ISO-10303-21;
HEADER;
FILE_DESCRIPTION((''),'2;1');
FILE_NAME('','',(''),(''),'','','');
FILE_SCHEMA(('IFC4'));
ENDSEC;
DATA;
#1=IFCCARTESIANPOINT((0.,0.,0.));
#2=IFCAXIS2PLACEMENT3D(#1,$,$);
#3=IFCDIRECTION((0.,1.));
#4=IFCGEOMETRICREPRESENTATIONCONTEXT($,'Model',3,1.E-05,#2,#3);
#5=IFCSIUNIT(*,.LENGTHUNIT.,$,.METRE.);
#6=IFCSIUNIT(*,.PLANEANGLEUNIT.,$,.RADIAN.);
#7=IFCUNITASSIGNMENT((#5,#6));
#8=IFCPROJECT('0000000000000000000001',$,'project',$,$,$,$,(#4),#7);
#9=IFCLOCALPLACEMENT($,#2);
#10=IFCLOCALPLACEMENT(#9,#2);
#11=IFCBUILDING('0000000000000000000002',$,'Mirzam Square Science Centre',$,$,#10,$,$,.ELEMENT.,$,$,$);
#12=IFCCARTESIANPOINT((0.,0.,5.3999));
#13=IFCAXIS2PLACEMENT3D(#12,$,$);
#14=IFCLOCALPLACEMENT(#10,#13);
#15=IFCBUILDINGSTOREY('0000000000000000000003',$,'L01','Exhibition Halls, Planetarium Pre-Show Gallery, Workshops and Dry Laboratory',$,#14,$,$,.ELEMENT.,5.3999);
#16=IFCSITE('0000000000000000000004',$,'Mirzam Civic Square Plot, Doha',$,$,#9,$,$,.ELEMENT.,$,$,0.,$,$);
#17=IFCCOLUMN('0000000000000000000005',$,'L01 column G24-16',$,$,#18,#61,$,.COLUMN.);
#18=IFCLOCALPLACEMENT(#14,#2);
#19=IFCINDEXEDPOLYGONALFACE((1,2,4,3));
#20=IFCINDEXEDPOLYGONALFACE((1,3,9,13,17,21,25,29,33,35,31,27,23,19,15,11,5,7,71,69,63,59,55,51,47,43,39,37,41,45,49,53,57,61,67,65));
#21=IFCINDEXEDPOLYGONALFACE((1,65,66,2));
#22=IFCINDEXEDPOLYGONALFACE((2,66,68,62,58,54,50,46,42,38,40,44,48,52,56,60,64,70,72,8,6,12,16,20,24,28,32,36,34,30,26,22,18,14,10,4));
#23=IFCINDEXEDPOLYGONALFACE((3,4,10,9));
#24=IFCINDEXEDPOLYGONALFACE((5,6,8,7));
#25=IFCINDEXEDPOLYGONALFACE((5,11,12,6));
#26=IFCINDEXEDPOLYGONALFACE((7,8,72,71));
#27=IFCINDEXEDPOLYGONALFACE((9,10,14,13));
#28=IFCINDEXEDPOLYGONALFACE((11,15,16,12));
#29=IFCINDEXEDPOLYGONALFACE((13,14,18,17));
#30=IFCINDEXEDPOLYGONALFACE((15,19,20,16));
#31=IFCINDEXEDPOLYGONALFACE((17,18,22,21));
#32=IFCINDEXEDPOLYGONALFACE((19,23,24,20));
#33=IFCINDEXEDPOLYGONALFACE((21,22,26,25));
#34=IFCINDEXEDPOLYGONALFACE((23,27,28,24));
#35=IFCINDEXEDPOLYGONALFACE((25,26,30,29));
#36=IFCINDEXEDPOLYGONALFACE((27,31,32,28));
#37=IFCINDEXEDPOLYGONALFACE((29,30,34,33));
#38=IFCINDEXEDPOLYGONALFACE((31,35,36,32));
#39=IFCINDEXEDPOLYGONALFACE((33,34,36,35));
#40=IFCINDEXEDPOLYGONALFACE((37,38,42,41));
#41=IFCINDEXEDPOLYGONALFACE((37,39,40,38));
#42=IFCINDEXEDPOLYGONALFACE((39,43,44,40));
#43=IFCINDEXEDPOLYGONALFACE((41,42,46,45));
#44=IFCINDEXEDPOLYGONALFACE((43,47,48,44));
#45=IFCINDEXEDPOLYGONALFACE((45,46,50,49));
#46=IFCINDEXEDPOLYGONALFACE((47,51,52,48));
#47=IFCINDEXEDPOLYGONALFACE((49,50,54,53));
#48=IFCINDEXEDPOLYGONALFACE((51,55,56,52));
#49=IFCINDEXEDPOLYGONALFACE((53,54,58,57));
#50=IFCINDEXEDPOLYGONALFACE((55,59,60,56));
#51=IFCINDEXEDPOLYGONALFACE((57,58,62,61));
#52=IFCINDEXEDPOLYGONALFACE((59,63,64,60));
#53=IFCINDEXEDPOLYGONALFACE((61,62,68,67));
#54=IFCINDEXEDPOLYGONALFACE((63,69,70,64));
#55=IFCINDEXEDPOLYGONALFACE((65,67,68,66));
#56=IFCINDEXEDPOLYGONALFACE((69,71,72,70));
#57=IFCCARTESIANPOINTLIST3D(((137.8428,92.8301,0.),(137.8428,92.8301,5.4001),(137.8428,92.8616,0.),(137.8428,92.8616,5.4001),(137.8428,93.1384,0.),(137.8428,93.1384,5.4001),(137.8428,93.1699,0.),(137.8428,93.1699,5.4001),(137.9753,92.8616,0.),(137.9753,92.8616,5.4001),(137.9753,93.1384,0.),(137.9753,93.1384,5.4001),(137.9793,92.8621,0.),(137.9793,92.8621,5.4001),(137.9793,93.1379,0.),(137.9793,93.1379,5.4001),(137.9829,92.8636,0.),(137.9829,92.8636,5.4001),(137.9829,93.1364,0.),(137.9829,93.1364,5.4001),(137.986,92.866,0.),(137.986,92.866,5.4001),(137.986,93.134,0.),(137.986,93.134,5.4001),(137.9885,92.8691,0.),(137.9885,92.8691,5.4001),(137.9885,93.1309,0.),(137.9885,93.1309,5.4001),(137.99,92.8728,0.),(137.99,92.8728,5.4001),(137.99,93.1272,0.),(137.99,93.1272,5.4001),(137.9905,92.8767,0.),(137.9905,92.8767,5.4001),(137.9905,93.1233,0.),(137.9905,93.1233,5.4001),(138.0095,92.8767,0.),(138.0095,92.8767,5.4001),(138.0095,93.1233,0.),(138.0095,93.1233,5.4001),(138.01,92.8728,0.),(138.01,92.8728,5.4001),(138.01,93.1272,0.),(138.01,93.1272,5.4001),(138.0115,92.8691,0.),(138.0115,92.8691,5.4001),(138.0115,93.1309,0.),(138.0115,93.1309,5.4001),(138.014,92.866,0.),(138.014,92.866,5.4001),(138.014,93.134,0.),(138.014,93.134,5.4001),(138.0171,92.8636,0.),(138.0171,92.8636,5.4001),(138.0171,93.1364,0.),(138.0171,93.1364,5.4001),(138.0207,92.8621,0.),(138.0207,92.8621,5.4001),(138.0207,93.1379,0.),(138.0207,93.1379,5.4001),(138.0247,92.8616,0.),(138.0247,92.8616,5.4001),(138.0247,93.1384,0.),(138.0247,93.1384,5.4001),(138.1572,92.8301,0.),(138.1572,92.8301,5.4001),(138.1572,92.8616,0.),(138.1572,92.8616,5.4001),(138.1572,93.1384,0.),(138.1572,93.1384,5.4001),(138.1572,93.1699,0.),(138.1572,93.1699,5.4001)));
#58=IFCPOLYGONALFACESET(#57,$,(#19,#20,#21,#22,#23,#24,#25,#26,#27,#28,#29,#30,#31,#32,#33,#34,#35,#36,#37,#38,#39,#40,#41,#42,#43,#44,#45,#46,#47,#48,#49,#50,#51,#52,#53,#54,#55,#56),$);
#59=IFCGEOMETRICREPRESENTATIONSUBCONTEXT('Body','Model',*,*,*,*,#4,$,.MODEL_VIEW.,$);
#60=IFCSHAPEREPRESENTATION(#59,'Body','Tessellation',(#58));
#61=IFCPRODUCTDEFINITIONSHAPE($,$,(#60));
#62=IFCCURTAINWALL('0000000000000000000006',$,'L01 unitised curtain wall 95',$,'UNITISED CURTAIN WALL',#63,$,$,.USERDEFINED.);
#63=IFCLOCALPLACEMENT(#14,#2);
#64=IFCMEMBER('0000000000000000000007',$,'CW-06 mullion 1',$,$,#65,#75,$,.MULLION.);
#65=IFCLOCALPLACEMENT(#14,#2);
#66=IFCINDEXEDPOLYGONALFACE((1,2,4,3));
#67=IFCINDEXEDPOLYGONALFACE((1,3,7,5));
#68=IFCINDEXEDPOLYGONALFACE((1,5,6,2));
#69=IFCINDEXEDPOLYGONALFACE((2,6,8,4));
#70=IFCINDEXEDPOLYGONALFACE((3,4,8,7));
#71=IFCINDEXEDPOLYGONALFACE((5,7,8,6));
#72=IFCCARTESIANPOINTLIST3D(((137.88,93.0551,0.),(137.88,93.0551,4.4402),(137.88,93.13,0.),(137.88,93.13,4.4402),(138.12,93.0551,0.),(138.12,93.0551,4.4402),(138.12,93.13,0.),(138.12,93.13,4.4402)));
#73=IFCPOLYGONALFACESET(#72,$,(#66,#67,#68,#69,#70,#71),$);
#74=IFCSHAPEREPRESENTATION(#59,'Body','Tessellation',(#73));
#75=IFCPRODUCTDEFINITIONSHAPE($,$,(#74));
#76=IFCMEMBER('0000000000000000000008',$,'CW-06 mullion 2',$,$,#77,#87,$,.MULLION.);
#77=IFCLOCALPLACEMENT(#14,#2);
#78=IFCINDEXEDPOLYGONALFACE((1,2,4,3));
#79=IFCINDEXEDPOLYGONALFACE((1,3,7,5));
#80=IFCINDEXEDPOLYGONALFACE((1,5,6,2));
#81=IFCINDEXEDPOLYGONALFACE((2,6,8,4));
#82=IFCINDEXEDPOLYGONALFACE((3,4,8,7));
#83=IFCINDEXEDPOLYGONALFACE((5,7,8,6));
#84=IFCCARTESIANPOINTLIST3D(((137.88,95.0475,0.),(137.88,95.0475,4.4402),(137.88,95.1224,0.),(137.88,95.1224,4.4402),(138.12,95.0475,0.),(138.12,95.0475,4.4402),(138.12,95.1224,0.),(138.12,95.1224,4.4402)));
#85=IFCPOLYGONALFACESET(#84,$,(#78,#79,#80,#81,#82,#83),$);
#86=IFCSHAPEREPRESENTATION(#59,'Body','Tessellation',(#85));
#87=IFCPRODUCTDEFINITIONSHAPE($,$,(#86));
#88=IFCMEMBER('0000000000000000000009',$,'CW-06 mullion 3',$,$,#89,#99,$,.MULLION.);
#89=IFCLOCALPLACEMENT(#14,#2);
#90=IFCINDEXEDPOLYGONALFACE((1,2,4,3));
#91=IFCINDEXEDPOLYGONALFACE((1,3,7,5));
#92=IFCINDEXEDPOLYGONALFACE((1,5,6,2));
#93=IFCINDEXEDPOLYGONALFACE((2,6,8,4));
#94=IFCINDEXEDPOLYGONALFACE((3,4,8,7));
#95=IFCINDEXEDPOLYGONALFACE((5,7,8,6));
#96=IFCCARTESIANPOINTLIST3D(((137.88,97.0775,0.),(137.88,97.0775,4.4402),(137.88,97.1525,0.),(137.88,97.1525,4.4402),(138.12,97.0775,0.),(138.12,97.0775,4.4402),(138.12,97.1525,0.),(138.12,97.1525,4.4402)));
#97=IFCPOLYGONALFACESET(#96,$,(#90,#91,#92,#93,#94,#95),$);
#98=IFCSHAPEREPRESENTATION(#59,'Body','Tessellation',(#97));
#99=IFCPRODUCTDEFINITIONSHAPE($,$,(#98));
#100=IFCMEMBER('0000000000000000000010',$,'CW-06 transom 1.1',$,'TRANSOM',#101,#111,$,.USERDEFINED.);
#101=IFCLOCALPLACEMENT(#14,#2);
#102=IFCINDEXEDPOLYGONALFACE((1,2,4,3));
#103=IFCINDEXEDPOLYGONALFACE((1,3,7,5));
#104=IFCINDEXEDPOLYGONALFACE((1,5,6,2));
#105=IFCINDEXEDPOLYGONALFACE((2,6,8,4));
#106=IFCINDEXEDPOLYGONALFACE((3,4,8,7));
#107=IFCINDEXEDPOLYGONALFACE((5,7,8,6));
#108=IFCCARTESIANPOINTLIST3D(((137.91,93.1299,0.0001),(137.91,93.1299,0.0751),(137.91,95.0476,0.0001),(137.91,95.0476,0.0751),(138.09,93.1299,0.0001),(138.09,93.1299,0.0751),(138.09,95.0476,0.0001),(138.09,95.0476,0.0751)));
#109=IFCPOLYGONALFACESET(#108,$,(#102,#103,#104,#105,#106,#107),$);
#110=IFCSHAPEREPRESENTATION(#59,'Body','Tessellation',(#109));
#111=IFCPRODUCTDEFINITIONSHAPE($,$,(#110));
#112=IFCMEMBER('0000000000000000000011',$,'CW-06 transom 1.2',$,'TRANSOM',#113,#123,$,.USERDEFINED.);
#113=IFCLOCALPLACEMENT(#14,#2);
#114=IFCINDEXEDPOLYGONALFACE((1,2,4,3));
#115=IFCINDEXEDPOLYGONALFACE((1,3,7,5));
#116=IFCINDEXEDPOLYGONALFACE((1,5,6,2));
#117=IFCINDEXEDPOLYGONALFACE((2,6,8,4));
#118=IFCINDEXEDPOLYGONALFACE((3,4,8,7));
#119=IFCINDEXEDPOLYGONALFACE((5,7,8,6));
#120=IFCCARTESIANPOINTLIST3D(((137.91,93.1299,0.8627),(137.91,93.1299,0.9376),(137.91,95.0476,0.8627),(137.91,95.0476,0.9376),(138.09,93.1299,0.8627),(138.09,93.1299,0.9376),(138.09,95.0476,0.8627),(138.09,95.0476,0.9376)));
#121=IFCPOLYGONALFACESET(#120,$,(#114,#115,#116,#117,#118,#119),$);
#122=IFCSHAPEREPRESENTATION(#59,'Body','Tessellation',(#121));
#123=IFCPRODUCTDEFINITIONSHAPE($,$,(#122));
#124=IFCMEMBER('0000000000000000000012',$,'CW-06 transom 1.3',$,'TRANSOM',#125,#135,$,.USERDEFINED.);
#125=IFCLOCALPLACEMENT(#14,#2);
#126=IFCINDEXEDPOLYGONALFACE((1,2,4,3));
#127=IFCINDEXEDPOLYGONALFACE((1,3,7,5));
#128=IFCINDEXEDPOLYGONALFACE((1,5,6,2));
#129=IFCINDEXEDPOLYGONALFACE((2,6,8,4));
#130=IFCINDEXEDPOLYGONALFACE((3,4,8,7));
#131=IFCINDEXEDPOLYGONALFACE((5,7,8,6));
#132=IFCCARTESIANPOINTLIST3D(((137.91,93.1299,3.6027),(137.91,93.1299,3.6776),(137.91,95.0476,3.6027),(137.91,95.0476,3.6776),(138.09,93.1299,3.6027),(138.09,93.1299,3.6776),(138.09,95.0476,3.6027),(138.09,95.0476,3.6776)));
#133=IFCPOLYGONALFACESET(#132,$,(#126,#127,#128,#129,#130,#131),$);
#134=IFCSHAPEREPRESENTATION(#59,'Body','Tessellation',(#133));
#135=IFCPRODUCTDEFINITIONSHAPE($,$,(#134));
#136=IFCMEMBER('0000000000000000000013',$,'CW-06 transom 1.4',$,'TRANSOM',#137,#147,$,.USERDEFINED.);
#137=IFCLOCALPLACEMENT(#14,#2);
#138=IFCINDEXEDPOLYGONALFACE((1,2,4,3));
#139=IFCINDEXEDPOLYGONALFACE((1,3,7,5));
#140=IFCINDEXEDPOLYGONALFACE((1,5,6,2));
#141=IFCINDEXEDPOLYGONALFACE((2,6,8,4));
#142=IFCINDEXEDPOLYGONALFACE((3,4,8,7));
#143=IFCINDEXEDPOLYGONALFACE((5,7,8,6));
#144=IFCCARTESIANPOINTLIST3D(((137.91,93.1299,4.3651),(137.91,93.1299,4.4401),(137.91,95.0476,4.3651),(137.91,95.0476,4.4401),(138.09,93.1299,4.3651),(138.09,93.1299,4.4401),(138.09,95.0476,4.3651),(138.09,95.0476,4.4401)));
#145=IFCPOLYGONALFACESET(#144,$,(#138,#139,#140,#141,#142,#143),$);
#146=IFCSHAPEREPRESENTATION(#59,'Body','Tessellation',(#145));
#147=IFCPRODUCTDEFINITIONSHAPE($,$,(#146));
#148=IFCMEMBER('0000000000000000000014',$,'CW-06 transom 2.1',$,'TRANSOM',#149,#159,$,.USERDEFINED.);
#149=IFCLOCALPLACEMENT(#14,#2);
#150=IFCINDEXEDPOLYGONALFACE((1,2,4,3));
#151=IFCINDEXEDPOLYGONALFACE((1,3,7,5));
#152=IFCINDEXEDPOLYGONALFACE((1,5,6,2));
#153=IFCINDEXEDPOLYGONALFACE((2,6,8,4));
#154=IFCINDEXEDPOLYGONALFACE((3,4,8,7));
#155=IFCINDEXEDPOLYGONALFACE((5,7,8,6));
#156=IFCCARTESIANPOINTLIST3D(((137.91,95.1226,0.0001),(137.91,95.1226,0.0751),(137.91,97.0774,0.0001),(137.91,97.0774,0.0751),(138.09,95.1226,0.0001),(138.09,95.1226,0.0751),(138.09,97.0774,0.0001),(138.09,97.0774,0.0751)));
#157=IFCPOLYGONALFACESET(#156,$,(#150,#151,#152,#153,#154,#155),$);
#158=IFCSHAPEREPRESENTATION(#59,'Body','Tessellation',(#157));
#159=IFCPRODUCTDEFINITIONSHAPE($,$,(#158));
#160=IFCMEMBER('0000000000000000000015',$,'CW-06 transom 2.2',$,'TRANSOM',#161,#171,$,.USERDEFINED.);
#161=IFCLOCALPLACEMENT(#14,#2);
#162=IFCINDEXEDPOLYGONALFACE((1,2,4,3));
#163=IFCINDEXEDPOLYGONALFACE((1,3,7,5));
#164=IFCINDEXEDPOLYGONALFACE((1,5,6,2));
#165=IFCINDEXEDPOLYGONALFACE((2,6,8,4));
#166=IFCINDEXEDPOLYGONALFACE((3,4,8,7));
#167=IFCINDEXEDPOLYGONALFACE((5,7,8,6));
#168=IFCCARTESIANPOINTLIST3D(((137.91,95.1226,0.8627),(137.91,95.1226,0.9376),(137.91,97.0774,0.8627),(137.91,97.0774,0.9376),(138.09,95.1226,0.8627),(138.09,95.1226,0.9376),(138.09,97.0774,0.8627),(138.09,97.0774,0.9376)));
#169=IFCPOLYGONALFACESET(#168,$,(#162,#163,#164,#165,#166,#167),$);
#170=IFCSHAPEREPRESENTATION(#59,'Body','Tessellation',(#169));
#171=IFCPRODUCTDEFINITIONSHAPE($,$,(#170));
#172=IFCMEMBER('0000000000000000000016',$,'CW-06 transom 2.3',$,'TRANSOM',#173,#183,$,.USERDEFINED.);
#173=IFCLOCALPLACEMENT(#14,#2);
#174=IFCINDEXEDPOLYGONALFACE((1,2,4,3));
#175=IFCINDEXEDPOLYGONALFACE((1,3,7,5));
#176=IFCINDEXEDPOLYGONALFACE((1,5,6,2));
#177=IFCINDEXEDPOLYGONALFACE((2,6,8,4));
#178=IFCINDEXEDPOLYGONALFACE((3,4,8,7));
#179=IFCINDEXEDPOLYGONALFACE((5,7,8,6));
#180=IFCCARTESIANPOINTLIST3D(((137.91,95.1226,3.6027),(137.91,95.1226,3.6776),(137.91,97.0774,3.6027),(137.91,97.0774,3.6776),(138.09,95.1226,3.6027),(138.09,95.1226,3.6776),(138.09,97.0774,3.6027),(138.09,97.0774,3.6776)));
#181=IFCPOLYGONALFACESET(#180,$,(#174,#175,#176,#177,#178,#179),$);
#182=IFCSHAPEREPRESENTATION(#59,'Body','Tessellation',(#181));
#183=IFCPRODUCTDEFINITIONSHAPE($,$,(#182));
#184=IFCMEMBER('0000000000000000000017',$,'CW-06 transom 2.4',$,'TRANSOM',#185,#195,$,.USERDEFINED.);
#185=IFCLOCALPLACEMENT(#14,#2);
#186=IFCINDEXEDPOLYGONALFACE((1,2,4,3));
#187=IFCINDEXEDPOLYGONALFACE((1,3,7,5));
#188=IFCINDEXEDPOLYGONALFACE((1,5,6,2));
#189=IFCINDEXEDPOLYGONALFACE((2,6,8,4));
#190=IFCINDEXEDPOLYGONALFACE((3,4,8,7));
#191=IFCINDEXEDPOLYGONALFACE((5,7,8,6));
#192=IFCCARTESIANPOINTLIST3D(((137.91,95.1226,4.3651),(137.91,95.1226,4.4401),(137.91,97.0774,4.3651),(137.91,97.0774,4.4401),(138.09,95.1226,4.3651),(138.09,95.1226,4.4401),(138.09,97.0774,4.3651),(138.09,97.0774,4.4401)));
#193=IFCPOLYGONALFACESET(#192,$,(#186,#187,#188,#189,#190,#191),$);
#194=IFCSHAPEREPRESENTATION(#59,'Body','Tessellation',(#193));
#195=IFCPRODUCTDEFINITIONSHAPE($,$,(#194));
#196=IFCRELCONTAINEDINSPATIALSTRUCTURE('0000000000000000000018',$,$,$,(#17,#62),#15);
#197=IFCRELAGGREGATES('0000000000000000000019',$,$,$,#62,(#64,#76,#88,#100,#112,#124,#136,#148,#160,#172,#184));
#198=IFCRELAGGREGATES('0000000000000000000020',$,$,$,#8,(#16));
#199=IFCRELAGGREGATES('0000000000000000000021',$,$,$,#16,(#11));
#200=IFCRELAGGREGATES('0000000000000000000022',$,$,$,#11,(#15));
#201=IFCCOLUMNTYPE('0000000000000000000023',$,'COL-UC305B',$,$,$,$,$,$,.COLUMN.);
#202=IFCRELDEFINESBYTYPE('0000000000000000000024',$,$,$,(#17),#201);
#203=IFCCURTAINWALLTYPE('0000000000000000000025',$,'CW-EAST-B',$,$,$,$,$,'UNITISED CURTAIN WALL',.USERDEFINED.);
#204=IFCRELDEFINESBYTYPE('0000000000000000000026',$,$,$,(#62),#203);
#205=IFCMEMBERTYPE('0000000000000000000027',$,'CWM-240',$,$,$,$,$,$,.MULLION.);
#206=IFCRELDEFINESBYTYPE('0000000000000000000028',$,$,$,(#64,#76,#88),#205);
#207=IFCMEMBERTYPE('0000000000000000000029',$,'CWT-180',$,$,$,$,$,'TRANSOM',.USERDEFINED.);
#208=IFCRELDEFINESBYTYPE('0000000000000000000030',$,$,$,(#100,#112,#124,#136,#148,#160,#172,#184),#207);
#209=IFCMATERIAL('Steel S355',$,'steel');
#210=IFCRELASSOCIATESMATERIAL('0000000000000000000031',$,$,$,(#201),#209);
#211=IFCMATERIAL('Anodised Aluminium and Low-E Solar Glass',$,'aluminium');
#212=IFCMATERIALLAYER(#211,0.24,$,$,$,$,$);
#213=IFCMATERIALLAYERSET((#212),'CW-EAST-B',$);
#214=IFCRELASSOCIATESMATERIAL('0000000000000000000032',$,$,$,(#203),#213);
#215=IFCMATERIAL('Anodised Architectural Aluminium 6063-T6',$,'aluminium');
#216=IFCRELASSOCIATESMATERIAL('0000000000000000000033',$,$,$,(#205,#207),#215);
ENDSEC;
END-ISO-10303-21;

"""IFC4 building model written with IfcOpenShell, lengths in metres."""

from ifc_helpers import new_model, si_unit, direction, frame, origin, origin_2d, place, context, subcontext, project, spatial, rectangle, i_section, extrude, material, layer, layer_set, material_profile, profile_set, type_object, element, aggregate, save


model = new_model("IFC4")

# Units and contexts
model_context = context("Model", 3, precision=1e-05, world=origin(), true_north=direction((0.0, 1.0)))
body_context = subcontext(model_context, "Body", "Model", "MODEL_VIEW")
ifc_project = project(units=[si_unit("LENGTHUNIT", "METRE"), si_unit("PLANEANGLEUNIT", "RADIAN")], contexts=[model_context])

# Site, building, storey
site_placement = place(None, origin())
site = spatial("IfcSite", under=ifc_project, at=site_placement, Name="Mirzam Civic Square Plot, Doha", CompositionType="ELEMENT", RefElevation=0.0)
building_placement = place(site_placement, origin())
building = spatial("IfcBuilding", under=site, at=building_placement, Name="Mirzam Square Science Centre", CompositionType="ELEMENT")
storey_placement = place(building_placement, frame((0.0, 0.0, 5.3999)))
storey = spatial("IfcBuildingStorey", under=building, at=storey_placement, Name="L01", Description="Exhibition Halls, Planetarium Pre-Show Gallery, Workshops and Dry Laboratory", CompositionType="ELEMENT", Elevation=5.3999)

# Column
ifc_material_1 = material(Name="Steel S355", Category="steel")
ifc_material_profile_1 = material_profile(ifc_material_1, i_section(OverallWidth=0.3145, OverallDepth=0.3398, WebThickness=0.019, FlangeThickness=0.0315, FilletRadius=0.0151, at=origin_2d()), Name="305x305x198UC")
ifc_profile_set_1 = profile_set([ifc_material_profile_1], Name="Steel S355")
column_type = type_object("IfcColumnType", Name="COL-UC305B", PredefinedType="COLUMN", material=ifc_profile_set_1)
column_placement = place(storey_placement, frame((138.0, 93.0, 0.0), z_axis=(0.0, 0.0, 1.0), x_axis=(1.0, 0.0, 0.0)))
element("IfcColumn", 1, at=column_placement, inside=storey, type_object=column_type, Name="L01 column G24-16", PredefinedType="COLUMN", context=body_context, shape_type="SweptSolid", body=[
    extrude(i_section(OverallWidth=0.3145, OverallDepth=0.3398, WebThickness=0.019, FlangeThickness=0.0315, FilletRadius=0.0151, at=origin_2d()), origin(), (0.0, 0.0, 1.0), 5.4001),
])

# Curtain wall, members
ifc_material_2 = material(Name="Anodised Aluminium and Low-E Solar Glass", Category="aluminium")
ifc_layer_1 = layer(ifc_material_2, 0.24)
ifc_layer_set_1 = layer_set([ifc_layer_1], Name="CW-EAST-B")
curtain_wall_type = type_object("IfcCurtainWallType", Name="CW-EAST-B", ElementType="UNITISED CURTAIN WALL", PredefinedType="USERDEFINED", material=ifc_layer_set_1)
curtain_wall_placement = place(storey_placement, origin())
curtain_wall = element("IfcCurtainWall", 2, at=curtain_wall_placement, inside=storey, type_object=curtain_wall_type, Name="L01 unitised curtain wall 95", ObjectType="UNITISED CURTAIN WALL", PredefinedType="USERDEFINED")
ifc_material_3 = material(Name="Anodised Architectural Aluminium 6063-T6", Category="aluminium")
ifc_material_profile_2 = material_profile(ifc_material_3, rectangle(XDim=0.075, YDim=0.24, at=origin_2d()), Name="ALU-MULL-240x75x5")
ifc_profile_set_2 = profile_set([ifc_material_profile_2], Name="Anodised Architectural Aluminium 6063-T6")
member_type_1 = type_object("IfcMemberType", Name="CWM-240", PredefinedType="MULLION", material=ifc_profile_set_2)
member_1_placement = place(storey_placement, frame((138.0, 93.0925, 0.0), z_axis=(0.0, 0.0, 1.0), x_axis=(0.0, 1.0, 0.0)))
member_1 = element("IfcMember", 3, at=member_1_placement, type_object=member_type_1, Name="CW-06 mullion 1", PredefinedType="MULLION", context=body_context, shape_type="SweptSolid", body=[
    extrude(rectangle(XDim=0.075, YDim=0.24, at=origin_2d()), origin(), (0.0, 0.0, 1.0), 4.4402),
])
member_2_placement = place(storey_placement, frame((138.0, 95.085, 0.0), z_axis=(0.0, 0.0, 1.0), x_axis=(0.0, 1.0, 0.0)))
member_2 = element("IfcMember", 4, at=member_2_placement, type_object=member_type_1, Name="CW-06 mullion 2", PredefinedType="MULLION", context=body_context, shape_type="SweptSolid", body=[
    extrude(rectangle(XDim=0.075, YDim=0.24, at=origin_2d()), origin(), (0.0, 0.0, 1.0), 4.4402),
])
member_3_placement = place(storey_placement, frame((138.0, 97.115, 0.0), z_axis=(0.0, 0.0, 1.0), x_axis=(0.0, 1.0, 0.0)))
member_3 = element("IfcMember", 5, at=member_3_placement, type_object=member_type_1, Name="CW-06 mullion 3", PredefinedType="MULLION", context=body_context, shape_type="SweptSolid", body=[
    extrude(rectangle(XDim=0.075, YDim=0.24, at=origin_2d()), origin(), (0.0, 0.0, 1.0), 4.4402),
])
ifc_material_profile_3 = material_profile(ifc_material_3, rectangle(XDim=0.1799, YDim=0.075, at=origin_2d()), Name="ALU-TRAN-180x75x5")
ifc_profile_set_3 = profile_set([ifc_material_profile_3], Name="Anodised Architectural Aluminium 6063-T6")
member_type_2 = type_object("IfcMemberType", Name="CWT-180", ElementType="TRANSOM", PredefinedType="USERDEFINED", material=ifc_profile_set_3)
member_4_placement = place(storey_placement, frame((138.0, 93.1299, 0.0376), z_axis=(0.0, 1.0, 0.0), x_axis=(-1.0, 0.0, 0.0)))
member_4 = element("IfcMember", 6, at=member_4_placement, type_object=member_type_2, Name="CW-06 transom 1.1", ObjectType="TRANSOM", PredefinedType="USERDEFINED", context=body_context, shape_type="SweptSolid", body=[
    extrude(rectangle(XDim=0.1799, YDim=0.075, at=origin_2d()), origin(), (0.0, 0.0, 1.0), 1.9177),
])
member_5_placement = place(storey_placement, frame((138.0, 93.1299, 0.9001), z_axis=(0.0, 1.0, 0.0), x_axis=(-1.0, 0.0, 0.0)))
member_5 = element("IfcMember", 7, at=member_5_placement, type_object=member_type_2, Name="CW-06 transom 1.2", ObjectType="TRANSOM", PredefinedType="USERDEFINED", context=body_context, shape_type="SweptSolid", body=[
    extrude(rectangle(XDim=0.1799, YDim=0.075, at=origin_2d()), origin(), (0.0, 0.0, 1.0), 1.9177),
])
member_6_placement = place(storey_placement, frame((138.0, 93.1299, 3.6401), z_axis=(0.0, 1.0, 0.0), x_axis=(-1.0, 0.0, 0.0)))
member_6 = element("IfcMember", 8, at=member_6_placement, type_object=member_type_2, Name="CW-06 transom 1.3", ObjectType="TRANSOM", PredefinedType="USERDEFINED", context=body_context, shape_type="SweptSolid", body=[
    extrude(rectangle(XDim=0.1799, YDim=0.075, at=origin_2d()), origin(), (0.0, 0.0, 1.0), 1.9177),
])
member_7_placement = place(storey_placement, frame((138.0, 93.1299, 4.4026), z_axis=(0.0, 1.0, 0.0), x_axis=(-1.0, 0.0, 0.0)))
member_7 = element("IfcMember", 9, at=member_7_placement, type_object=member_type_2, Name="CW-06 transom 1.4", ObjectType="TRANSOM", PredefinedType="USERDEFINED", context=body_context, shape_type="SweptSolid", body=[
    extrude(rectangle(XDim=0.1799, YDim=0.075, at=origin_2d()), origin(), (0.0, 0.0, 1.0), 1.9177),
])
member_8_placement = place(storey_placement, frame((138.0, 95.1226, 0.0376), z_axis=(0.0, 1.0, 0.0), x_axis=(-1.0, 0.0, 0.0)))
member_8 = element("IfcMember", 10, at=member_8_placement, type_object=member_type_2, Name="CW-06 transom 2.1", ObjectType="TRANSOM", PredefinedType="USERDEFINED", context=body_context, shape_type="SweptSolid", body=[
    extrude(rectangle(XDim=0.1799, YDim=0.075, at=origin_2d()), origin(), (0.0, 0.0, 1.0), 1.9548),
])
member_9_placement = place(storey_placement, frame((138.0, 95.1226, 0.9001), z_axis=(0.0, 1.0, 0.0), x_axis=(-1.0, 0.0, 0.0)))
member_9 = element("IfcMember", 11, at=member_9_placement, type_object=member_type_2, Name="CW-06 transom 2.2", ObjectType="TRANSOM", PredefinedType="USERDEFINED", context=body_context, shape_type="SweptSolid", body=[
    extrude(rectangle(XDim=0.1799, YDim=0.075, at=origin_2d()), origin(), (0.0, 0.0, 1.0), 1.9548),
])
member_10_placement = place(storey_placement, frame((138.0, 95.1226, 3.6401), z_axis=(0.0, 1.0, 0.0), x_axis=(-1.0, 0.0, 0.0)))
member_10 = element("IfcMember", 12, at=member_10_placement, type_object=member_type_2, Name="CW-06 transom 2.3", ObjectType="TRANSOM", PredefinedType="USERDEFINED", context=body_context, shape_type="SweptSolid", body=[
    extrude(rectangle(XDim=0.1799, YDim=0.075, at=origin_2d()), origin(), (0.0, 0.0, 1.0), 1.9548),
])
member_11_placement = place(storey_placement, frame((138.0, 95.1226, 4.4026), z_axis=(0.0, 1.0, 0.0), x_axis=(-1.0, 0.0, 0.0)))
member_11 = element("IfcMember", 13, at=member_11_placement, type_object=member_type_2, Name="CW-06 transom 2.4", ObjectType="TRANSOM", PredefinedType="USERDEFINED", context=body_context, shape_type="SweptSolid", body=[
    extrude(rectangle(XDim=0.1799, YDim=0.075, at=origin_2d()), origin(), (0.0, 0.0, 1.0), 1.9548),
])

aggregate(curtain_wall, [member_1, member_2, member_3, member_4, member_5, member_6, member_7, member_8, member_9, member_10, member_11])

save(model, "model.ifc")
